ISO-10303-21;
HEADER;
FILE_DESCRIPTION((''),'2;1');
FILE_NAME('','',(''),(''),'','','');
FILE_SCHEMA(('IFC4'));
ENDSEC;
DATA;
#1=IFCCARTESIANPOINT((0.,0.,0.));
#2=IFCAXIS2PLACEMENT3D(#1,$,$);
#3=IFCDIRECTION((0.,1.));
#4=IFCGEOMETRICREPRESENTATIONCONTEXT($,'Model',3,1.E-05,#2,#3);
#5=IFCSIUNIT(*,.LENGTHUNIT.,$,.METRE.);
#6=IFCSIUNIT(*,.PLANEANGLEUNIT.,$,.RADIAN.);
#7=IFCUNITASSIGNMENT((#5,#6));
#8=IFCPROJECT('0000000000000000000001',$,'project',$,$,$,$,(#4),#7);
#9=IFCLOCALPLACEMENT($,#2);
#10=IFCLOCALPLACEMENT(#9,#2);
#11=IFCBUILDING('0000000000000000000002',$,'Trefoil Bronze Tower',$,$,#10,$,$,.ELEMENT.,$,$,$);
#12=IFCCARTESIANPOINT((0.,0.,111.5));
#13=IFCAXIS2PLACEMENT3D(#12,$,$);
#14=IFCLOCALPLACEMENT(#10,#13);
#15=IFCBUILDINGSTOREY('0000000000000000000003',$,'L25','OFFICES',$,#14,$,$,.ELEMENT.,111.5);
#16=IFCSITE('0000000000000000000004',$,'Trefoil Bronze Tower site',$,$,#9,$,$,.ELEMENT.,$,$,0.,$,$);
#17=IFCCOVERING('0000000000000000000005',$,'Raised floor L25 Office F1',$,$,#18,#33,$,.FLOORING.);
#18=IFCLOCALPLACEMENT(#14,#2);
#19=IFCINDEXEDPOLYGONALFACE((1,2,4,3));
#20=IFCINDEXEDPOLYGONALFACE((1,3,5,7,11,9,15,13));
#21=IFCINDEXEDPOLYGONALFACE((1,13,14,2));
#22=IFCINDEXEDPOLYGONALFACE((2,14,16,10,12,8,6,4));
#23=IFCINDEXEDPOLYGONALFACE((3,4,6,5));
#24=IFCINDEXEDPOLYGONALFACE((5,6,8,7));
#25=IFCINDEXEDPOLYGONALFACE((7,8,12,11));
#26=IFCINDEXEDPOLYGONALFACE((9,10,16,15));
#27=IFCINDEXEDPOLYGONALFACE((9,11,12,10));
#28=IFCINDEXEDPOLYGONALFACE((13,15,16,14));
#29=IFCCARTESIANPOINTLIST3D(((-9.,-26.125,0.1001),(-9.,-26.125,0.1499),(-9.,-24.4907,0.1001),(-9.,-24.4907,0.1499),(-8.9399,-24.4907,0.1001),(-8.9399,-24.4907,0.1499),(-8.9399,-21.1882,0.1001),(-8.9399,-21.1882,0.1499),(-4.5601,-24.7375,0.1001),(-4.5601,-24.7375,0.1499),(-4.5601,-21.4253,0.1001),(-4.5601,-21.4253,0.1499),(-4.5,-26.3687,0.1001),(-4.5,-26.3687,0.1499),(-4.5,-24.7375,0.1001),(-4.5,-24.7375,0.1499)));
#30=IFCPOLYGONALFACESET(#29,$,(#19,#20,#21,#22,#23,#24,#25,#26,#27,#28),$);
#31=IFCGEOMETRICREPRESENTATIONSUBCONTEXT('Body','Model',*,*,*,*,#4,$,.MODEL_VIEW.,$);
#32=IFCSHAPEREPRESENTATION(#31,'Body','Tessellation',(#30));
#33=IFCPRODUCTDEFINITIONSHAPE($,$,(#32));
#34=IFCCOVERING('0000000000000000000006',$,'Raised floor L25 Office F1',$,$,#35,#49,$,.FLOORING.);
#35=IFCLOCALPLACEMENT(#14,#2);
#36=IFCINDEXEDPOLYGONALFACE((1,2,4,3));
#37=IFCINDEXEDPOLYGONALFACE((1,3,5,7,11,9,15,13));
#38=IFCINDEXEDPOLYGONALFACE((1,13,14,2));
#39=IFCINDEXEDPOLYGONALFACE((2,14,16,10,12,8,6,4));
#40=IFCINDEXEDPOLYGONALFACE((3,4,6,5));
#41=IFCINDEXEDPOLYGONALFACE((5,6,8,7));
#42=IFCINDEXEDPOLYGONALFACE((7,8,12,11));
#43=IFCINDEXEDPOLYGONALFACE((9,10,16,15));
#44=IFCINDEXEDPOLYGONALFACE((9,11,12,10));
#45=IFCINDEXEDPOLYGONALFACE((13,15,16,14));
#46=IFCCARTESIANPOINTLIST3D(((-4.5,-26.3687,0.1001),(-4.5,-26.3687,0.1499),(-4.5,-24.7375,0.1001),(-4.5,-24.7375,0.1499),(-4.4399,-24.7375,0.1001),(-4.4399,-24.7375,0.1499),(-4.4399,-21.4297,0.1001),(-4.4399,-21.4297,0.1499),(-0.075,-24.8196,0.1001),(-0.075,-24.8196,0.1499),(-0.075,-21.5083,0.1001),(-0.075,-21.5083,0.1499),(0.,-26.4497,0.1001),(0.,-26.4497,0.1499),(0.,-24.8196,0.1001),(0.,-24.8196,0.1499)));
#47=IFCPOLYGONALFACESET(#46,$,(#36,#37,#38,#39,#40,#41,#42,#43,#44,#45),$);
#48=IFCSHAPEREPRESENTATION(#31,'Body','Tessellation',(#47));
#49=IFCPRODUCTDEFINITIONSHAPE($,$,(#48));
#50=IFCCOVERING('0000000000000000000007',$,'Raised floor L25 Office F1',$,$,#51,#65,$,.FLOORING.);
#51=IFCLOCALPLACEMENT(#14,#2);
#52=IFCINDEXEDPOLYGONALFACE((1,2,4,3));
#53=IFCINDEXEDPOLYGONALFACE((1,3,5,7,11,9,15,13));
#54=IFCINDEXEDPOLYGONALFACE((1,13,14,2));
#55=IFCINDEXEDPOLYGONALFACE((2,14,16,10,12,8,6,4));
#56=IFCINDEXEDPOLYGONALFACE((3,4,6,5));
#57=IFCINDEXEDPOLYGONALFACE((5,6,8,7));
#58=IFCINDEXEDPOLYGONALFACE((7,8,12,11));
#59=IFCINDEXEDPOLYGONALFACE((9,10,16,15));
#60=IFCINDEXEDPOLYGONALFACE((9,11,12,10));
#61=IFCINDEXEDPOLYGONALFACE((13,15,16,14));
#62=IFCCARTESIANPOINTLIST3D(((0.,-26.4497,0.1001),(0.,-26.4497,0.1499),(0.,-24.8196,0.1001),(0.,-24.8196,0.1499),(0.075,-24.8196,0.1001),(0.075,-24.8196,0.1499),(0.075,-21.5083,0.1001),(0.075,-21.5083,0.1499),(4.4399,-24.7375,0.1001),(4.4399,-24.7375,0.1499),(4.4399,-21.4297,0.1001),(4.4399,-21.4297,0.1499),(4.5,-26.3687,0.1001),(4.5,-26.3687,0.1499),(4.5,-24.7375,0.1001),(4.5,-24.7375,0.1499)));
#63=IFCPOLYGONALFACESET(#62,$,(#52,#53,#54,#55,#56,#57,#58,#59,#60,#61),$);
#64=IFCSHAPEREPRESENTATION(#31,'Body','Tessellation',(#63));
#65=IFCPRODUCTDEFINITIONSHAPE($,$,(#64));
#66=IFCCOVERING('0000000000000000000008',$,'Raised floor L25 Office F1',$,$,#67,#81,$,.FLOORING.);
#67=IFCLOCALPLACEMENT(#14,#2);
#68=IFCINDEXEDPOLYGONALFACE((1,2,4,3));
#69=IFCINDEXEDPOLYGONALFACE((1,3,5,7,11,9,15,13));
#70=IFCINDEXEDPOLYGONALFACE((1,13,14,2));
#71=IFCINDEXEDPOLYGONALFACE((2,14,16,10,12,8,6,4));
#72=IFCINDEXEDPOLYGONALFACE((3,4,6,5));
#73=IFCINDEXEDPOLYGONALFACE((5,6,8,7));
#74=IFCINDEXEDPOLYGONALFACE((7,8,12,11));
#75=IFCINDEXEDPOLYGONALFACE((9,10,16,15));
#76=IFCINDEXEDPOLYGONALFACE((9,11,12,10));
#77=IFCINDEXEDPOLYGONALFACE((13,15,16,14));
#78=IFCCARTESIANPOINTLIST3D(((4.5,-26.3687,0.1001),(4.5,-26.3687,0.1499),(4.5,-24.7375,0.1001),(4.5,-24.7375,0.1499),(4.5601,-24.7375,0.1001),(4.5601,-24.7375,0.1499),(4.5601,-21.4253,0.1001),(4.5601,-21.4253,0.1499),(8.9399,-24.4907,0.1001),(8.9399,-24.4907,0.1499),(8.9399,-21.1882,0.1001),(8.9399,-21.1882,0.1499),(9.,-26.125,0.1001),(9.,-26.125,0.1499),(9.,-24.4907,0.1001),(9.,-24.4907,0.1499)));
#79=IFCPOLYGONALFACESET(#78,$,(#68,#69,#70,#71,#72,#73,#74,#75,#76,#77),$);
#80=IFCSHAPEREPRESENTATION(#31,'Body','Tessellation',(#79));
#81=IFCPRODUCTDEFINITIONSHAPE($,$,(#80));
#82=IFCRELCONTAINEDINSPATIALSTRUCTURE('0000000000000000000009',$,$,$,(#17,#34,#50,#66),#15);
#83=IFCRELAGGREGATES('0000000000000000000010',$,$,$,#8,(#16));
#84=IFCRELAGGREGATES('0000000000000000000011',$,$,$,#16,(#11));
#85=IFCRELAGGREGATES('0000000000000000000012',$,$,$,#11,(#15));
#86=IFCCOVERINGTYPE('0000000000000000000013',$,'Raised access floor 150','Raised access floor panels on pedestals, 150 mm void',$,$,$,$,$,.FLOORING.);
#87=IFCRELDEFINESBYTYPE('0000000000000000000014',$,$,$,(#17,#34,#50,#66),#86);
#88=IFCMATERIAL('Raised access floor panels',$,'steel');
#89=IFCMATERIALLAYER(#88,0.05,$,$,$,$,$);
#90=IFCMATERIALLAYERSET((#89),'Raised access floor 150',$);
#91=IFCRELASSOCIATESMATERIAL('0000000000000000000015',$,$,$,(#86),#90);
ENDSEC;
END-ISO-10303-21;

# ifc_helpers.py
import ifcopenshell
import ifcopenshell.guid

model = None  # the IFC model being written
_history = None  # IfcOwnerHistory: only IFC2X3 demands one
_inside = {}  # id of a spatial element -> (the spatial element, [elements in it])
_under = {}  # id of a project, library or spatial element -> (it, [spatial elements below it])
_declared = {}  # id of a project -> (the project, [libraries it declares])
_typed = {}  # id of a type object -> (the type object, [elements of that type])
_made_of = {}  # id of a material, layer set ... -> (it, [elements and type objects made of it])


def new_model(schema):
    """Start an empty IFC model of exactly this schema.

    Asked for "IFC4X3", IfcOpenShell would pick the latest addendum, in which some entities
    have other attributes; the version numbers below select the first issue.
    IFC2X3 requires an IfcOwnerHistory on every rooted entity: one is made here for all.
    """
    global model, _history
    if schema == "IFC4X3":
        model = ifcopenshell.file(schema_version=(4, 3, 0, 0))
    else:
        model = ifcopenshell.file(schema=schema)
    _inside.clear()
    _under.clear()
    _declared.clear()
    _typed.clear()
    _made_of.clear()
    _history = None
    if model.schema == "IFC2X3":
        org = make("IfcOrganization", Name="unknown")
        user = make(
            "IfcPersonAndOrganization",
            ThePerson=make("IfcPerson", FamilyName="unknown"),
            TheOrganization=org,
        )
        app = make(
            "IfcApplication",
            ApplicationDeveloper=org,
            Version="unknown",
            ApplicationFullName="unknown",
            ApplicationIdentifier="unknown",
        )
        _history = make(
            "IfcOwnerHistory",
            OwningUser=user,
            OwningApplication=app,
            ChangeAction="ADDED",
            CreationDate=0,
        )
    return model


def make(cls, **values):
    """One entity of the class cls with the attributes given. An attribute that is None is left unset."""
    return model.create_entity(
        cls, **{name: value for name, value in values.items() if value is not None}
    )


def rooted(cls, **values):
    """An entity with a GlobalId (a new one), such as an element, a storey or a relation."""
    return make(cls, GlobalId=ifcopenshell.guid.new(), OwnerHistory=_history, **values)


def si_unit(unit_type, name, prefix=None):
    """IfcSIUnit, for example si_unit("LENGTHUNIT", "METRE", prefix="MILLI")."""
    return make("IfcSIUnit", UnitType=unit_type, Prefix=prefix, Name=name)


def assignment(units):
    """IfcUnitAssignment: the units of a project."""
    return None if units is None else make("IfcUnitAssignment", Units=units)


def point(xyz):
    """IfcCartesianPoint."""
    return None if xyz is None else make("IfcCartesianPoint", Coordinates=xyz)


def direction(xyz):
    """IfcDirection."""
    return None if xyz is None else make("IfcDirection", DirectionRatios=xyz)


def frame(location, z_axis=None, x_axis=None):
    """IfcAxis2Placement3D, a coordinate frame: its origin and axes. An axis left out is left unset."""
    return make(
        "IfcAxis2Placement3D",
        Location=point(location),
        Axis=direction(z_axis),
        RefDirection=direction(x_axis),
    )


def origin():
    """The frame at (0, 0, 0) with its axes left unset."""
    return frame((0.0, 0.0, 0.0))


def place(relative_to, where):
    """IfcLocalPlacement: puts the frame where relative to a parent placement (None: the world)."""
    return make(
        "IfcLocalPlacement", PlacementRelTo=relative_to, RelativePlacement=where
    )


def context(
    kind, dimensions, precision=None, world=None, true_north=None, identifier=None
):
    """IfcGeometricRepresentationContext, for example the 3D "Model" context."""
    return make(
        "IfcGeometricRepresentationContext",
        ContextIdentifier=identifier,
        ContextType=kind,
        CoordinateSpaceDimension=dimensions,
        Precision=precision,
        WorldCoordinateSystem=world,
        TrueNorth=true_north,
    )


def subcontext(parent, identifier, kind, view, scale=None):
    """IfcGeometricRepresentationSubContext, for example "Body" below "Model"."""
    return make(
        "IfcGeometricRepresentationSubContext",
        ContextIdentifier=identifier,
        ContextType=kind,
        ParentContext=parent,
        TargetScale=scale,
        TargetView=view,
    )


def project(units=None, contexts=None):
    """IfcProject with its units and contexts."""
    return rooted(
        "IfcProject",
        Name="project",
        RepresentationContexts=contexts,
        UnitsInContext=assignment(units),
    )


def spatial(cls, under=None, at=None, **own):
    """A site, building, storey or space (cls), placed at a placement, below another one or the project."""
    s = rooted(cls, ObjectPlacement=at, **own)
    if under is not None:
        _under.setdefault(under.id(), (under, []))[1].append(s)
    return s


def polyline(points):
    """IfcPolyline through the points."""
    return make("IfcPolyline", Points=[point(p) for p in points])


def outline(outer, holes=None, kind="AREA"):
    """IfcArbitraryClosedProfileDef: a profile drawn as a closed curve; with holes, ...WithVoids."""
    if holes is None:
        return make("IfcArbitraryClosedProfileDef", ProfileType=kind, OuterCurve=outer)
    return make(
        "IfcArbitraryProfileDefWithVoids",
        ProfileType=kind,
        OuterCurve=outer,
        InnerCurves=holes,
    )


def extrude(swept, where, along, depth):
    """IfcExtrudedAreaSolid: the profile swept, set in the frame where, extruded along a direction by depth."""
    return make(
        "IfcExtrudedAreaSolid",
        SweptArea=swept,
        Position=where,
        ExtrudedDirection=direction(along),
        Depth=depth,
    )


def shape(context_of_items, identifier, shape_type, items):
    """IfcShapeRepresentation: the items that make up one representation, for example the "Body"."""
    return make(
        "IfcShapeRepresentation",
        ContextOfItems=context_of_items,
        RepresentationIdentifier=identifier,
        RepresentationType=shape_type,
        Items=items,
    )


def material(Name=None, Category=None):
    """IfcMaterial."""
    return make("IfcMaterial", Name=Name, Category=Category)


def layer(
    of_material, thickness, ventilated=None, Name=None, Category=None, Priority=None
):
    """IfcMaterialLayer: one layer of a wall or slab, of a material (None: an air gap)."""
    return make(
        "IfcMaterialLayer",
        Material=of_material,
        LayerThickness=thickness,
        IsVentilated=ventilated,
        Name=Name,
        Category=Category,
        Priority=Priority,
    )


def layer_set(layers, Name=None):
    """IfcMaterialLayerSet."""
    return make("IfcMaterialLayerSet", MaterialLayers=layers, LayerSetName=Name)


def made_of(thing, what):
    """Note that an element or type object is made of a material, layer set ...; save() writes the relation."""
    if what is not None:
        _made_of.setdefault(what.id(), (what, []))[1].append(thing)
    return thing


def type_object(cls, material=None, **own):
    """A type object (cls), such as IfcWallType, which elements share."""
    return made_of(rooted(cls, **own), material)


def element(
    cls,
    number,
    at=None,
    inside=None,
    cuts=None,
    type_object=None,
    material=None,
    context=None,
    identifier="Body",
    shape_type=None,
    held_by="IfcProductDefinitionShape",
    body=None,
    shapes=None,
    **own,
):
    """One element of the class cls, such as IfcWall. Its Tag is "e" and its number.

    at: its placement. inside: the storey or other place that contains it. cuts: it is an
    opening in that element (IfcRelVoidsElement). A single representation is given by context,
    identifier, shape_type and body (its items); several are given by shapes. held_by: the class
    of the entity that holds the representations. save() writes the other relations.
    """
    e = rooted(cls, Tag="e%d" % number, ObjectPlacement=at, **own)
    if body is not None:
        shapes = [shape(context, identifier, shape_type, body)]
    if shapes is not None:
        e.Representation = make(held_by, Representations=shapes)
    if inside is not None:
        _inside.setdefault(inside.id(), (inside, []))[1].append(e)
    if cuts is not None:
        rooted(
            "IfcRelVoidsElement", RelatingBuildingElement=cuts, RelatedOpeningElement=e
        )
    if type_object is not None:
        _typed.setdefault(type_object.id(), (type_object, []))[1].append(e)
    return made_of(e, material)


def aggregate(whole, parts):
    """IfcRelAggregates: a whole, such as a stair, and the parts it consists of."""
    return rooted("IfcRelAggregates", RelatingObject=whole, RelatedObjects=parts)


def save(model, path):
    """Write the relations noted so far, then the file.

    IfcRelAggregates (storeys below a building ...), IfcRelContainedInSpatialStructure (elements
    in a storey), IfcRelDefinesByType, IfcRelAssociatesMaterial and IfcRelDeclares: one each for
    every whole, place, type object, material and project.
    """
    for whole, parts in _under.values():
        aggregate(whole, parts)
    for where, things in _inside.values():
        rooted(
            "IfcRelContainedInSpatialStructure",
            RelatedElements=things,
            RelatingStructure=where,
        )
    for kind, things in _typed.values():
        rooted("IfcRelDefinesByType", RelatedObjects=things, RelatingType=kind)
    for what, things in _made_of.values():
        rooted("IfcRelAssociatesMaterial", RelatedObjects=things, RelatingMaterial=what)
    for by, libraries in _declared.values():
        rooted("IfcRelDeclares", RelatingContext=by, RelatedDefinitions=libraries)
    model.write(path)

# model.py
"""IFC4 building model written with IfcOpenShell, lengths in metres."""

from ifc_helpers import new_model, si_unit, direction, frame, origin, place, context, subcontext, project, spatial, polyline, outline, extrude, material, layer, layer_set, type_object, element, save


model = new_model("IFC4")

# Units and contexts
model_context = context("Model", 3, precision=1e-05, world=origin(), true_north=direction((0.0, 1.0)))
body_context = subcontext(model_context, "Body", "Model", "MODEL_VIEW")
ifc_project = project(units=[si_unit("LENGTHUNIT", "METRE"), si_unit("PLANEANGLEUNIT", "RADIAN")], contexts=[model_context])

# Site, building, storey
site_placement = place(None, origin())
site = spatial("IfcSite", under=ifc_project, at=site_placement, Name="Trefoil Bronze Tower site", CompositionType="ELEMENT", RefElevation=0.0)
building_placement = place(site_placement, origin())
building = spatial("IfcBuilding", under=site, at=building_placement, Name="Trefoil Bronze Tower", CompositionType="ELEMENT")
storey_placement = place(building_placement, frame((0.0, 0.0, 111.5)))
storey = spatial("IfcBuildingStorey", under=building, at=storey_placement, Name="L25", Description="OFFICES", CompositionType="ELEMENT", Elevation=111.5)

# Coverings
ifc_material_1 = material(Name="Raised access floor panels", Category="steel")
ifc_layer_1 = layer(ifc_material_1, 0.05)
ifc_layer_set_1 = layer_set([ifc_layer_1], Name="Raised access floor 150")
covering_type_1 = type_object("IfcCoveringType", Name="Raised access floor 150", Description="Raised access floor panels on pedestals, 150 mm void", PredefinedType="FLOORING", material=ifc_layer_set_1)
covering_1_placement = place(storey_placement, frame((0.0, 0.0, 0.1001)))
element("IfcCovering", 1, at=covering_1_placement, inside=storey, type_object=covering_type_1, Name="Raised floor L25 Office F1", PredefinedType="FLOORING", context=body_context, shape_type="SweptSolid", body=[
    extrude(outline(polyline([(-4.5, -26.3687), (-9.0, -26.125), (-9.0, -24.4907), (-8.9399, -24.4907), (-8.9399, -21.1882), (-4.5601, -21.4253), (-4.5601, -24.7375), (-4.5, -24.7375), (-4.5, -26.3687)])), origin(), (0.0, 0.0, 1.0), 0.0498),
])
covering_2_placement = place(storey_placement, frame((0.0, 0.0, 0.1001)))
element("IfcCovering", 2, at=covering_2_placement, inside=storey, type_object=covering_type_1, Name="Raised floor L25 Office F1", PredefinedType="FLOORING", context=body_context, shape_type="SweptSolid", body=[
    extrude(outline(polyline([(0.0, -26.4497), (-4.5, -26.3687), (-4.5, -24.7375), (-4.4399, -24.7375), (-4.4399, -21.4297), (-0.075, -21.5083), (-0.075, -24.8196), (0.0, -24.8196), (0.0, -26.4497)])), origin(), (0.0, 0.0, 1.0), 0.0498),
])
covering_3_placement = place(storey_placement, frame((0.0, 0.0, 0.1001)))
element("IfcCovering", 3, at=covering_3_placement, inside=storey, type_object=covering_type_1, Name="Raised floor L25 Office F1", PredefinedType="FLOORING", context=body_context, shape_type="SweptSolid", body=[
    extrude(outline(polyline([(4.5, -26.3687), (0.0, -26.4497), (0.0, -24.8196), (0.075, -24.8196), (0.075, -21.5083), (4.4399, -21.4297), (4.4399, -24.7375), (4.5, -24.7375), (4.5, -26.3687)])), origin(), (0.0, 0.0, 1.0), 0.0498),
])
covering_4_placement = place(storey_placement, frame((0.0, 0.0, 0.1001)))
element("IfcCovering", 4, at=covering_4_placement, inside=storey, type_object=covering_type_1, Name="Raised floor L25 Office F1", PredefinedType="FLOORING", context=body_context, shape_type="SweptSolid", body=[
    extrude(outline(polyline([(9.0, -26.125), (4.5, -26.3687), (4.5, -24.7375), (4.5601, -24.7375), (4.5601, -21.4253), (8.9399, -21.1882), (8.9399, -24.4907), (9.0, -24.4907), (9.0, -26.125)])), origin(), (0.0, 0.0, 1.0), 0.0498),
])

save(model, "model.ifc")
